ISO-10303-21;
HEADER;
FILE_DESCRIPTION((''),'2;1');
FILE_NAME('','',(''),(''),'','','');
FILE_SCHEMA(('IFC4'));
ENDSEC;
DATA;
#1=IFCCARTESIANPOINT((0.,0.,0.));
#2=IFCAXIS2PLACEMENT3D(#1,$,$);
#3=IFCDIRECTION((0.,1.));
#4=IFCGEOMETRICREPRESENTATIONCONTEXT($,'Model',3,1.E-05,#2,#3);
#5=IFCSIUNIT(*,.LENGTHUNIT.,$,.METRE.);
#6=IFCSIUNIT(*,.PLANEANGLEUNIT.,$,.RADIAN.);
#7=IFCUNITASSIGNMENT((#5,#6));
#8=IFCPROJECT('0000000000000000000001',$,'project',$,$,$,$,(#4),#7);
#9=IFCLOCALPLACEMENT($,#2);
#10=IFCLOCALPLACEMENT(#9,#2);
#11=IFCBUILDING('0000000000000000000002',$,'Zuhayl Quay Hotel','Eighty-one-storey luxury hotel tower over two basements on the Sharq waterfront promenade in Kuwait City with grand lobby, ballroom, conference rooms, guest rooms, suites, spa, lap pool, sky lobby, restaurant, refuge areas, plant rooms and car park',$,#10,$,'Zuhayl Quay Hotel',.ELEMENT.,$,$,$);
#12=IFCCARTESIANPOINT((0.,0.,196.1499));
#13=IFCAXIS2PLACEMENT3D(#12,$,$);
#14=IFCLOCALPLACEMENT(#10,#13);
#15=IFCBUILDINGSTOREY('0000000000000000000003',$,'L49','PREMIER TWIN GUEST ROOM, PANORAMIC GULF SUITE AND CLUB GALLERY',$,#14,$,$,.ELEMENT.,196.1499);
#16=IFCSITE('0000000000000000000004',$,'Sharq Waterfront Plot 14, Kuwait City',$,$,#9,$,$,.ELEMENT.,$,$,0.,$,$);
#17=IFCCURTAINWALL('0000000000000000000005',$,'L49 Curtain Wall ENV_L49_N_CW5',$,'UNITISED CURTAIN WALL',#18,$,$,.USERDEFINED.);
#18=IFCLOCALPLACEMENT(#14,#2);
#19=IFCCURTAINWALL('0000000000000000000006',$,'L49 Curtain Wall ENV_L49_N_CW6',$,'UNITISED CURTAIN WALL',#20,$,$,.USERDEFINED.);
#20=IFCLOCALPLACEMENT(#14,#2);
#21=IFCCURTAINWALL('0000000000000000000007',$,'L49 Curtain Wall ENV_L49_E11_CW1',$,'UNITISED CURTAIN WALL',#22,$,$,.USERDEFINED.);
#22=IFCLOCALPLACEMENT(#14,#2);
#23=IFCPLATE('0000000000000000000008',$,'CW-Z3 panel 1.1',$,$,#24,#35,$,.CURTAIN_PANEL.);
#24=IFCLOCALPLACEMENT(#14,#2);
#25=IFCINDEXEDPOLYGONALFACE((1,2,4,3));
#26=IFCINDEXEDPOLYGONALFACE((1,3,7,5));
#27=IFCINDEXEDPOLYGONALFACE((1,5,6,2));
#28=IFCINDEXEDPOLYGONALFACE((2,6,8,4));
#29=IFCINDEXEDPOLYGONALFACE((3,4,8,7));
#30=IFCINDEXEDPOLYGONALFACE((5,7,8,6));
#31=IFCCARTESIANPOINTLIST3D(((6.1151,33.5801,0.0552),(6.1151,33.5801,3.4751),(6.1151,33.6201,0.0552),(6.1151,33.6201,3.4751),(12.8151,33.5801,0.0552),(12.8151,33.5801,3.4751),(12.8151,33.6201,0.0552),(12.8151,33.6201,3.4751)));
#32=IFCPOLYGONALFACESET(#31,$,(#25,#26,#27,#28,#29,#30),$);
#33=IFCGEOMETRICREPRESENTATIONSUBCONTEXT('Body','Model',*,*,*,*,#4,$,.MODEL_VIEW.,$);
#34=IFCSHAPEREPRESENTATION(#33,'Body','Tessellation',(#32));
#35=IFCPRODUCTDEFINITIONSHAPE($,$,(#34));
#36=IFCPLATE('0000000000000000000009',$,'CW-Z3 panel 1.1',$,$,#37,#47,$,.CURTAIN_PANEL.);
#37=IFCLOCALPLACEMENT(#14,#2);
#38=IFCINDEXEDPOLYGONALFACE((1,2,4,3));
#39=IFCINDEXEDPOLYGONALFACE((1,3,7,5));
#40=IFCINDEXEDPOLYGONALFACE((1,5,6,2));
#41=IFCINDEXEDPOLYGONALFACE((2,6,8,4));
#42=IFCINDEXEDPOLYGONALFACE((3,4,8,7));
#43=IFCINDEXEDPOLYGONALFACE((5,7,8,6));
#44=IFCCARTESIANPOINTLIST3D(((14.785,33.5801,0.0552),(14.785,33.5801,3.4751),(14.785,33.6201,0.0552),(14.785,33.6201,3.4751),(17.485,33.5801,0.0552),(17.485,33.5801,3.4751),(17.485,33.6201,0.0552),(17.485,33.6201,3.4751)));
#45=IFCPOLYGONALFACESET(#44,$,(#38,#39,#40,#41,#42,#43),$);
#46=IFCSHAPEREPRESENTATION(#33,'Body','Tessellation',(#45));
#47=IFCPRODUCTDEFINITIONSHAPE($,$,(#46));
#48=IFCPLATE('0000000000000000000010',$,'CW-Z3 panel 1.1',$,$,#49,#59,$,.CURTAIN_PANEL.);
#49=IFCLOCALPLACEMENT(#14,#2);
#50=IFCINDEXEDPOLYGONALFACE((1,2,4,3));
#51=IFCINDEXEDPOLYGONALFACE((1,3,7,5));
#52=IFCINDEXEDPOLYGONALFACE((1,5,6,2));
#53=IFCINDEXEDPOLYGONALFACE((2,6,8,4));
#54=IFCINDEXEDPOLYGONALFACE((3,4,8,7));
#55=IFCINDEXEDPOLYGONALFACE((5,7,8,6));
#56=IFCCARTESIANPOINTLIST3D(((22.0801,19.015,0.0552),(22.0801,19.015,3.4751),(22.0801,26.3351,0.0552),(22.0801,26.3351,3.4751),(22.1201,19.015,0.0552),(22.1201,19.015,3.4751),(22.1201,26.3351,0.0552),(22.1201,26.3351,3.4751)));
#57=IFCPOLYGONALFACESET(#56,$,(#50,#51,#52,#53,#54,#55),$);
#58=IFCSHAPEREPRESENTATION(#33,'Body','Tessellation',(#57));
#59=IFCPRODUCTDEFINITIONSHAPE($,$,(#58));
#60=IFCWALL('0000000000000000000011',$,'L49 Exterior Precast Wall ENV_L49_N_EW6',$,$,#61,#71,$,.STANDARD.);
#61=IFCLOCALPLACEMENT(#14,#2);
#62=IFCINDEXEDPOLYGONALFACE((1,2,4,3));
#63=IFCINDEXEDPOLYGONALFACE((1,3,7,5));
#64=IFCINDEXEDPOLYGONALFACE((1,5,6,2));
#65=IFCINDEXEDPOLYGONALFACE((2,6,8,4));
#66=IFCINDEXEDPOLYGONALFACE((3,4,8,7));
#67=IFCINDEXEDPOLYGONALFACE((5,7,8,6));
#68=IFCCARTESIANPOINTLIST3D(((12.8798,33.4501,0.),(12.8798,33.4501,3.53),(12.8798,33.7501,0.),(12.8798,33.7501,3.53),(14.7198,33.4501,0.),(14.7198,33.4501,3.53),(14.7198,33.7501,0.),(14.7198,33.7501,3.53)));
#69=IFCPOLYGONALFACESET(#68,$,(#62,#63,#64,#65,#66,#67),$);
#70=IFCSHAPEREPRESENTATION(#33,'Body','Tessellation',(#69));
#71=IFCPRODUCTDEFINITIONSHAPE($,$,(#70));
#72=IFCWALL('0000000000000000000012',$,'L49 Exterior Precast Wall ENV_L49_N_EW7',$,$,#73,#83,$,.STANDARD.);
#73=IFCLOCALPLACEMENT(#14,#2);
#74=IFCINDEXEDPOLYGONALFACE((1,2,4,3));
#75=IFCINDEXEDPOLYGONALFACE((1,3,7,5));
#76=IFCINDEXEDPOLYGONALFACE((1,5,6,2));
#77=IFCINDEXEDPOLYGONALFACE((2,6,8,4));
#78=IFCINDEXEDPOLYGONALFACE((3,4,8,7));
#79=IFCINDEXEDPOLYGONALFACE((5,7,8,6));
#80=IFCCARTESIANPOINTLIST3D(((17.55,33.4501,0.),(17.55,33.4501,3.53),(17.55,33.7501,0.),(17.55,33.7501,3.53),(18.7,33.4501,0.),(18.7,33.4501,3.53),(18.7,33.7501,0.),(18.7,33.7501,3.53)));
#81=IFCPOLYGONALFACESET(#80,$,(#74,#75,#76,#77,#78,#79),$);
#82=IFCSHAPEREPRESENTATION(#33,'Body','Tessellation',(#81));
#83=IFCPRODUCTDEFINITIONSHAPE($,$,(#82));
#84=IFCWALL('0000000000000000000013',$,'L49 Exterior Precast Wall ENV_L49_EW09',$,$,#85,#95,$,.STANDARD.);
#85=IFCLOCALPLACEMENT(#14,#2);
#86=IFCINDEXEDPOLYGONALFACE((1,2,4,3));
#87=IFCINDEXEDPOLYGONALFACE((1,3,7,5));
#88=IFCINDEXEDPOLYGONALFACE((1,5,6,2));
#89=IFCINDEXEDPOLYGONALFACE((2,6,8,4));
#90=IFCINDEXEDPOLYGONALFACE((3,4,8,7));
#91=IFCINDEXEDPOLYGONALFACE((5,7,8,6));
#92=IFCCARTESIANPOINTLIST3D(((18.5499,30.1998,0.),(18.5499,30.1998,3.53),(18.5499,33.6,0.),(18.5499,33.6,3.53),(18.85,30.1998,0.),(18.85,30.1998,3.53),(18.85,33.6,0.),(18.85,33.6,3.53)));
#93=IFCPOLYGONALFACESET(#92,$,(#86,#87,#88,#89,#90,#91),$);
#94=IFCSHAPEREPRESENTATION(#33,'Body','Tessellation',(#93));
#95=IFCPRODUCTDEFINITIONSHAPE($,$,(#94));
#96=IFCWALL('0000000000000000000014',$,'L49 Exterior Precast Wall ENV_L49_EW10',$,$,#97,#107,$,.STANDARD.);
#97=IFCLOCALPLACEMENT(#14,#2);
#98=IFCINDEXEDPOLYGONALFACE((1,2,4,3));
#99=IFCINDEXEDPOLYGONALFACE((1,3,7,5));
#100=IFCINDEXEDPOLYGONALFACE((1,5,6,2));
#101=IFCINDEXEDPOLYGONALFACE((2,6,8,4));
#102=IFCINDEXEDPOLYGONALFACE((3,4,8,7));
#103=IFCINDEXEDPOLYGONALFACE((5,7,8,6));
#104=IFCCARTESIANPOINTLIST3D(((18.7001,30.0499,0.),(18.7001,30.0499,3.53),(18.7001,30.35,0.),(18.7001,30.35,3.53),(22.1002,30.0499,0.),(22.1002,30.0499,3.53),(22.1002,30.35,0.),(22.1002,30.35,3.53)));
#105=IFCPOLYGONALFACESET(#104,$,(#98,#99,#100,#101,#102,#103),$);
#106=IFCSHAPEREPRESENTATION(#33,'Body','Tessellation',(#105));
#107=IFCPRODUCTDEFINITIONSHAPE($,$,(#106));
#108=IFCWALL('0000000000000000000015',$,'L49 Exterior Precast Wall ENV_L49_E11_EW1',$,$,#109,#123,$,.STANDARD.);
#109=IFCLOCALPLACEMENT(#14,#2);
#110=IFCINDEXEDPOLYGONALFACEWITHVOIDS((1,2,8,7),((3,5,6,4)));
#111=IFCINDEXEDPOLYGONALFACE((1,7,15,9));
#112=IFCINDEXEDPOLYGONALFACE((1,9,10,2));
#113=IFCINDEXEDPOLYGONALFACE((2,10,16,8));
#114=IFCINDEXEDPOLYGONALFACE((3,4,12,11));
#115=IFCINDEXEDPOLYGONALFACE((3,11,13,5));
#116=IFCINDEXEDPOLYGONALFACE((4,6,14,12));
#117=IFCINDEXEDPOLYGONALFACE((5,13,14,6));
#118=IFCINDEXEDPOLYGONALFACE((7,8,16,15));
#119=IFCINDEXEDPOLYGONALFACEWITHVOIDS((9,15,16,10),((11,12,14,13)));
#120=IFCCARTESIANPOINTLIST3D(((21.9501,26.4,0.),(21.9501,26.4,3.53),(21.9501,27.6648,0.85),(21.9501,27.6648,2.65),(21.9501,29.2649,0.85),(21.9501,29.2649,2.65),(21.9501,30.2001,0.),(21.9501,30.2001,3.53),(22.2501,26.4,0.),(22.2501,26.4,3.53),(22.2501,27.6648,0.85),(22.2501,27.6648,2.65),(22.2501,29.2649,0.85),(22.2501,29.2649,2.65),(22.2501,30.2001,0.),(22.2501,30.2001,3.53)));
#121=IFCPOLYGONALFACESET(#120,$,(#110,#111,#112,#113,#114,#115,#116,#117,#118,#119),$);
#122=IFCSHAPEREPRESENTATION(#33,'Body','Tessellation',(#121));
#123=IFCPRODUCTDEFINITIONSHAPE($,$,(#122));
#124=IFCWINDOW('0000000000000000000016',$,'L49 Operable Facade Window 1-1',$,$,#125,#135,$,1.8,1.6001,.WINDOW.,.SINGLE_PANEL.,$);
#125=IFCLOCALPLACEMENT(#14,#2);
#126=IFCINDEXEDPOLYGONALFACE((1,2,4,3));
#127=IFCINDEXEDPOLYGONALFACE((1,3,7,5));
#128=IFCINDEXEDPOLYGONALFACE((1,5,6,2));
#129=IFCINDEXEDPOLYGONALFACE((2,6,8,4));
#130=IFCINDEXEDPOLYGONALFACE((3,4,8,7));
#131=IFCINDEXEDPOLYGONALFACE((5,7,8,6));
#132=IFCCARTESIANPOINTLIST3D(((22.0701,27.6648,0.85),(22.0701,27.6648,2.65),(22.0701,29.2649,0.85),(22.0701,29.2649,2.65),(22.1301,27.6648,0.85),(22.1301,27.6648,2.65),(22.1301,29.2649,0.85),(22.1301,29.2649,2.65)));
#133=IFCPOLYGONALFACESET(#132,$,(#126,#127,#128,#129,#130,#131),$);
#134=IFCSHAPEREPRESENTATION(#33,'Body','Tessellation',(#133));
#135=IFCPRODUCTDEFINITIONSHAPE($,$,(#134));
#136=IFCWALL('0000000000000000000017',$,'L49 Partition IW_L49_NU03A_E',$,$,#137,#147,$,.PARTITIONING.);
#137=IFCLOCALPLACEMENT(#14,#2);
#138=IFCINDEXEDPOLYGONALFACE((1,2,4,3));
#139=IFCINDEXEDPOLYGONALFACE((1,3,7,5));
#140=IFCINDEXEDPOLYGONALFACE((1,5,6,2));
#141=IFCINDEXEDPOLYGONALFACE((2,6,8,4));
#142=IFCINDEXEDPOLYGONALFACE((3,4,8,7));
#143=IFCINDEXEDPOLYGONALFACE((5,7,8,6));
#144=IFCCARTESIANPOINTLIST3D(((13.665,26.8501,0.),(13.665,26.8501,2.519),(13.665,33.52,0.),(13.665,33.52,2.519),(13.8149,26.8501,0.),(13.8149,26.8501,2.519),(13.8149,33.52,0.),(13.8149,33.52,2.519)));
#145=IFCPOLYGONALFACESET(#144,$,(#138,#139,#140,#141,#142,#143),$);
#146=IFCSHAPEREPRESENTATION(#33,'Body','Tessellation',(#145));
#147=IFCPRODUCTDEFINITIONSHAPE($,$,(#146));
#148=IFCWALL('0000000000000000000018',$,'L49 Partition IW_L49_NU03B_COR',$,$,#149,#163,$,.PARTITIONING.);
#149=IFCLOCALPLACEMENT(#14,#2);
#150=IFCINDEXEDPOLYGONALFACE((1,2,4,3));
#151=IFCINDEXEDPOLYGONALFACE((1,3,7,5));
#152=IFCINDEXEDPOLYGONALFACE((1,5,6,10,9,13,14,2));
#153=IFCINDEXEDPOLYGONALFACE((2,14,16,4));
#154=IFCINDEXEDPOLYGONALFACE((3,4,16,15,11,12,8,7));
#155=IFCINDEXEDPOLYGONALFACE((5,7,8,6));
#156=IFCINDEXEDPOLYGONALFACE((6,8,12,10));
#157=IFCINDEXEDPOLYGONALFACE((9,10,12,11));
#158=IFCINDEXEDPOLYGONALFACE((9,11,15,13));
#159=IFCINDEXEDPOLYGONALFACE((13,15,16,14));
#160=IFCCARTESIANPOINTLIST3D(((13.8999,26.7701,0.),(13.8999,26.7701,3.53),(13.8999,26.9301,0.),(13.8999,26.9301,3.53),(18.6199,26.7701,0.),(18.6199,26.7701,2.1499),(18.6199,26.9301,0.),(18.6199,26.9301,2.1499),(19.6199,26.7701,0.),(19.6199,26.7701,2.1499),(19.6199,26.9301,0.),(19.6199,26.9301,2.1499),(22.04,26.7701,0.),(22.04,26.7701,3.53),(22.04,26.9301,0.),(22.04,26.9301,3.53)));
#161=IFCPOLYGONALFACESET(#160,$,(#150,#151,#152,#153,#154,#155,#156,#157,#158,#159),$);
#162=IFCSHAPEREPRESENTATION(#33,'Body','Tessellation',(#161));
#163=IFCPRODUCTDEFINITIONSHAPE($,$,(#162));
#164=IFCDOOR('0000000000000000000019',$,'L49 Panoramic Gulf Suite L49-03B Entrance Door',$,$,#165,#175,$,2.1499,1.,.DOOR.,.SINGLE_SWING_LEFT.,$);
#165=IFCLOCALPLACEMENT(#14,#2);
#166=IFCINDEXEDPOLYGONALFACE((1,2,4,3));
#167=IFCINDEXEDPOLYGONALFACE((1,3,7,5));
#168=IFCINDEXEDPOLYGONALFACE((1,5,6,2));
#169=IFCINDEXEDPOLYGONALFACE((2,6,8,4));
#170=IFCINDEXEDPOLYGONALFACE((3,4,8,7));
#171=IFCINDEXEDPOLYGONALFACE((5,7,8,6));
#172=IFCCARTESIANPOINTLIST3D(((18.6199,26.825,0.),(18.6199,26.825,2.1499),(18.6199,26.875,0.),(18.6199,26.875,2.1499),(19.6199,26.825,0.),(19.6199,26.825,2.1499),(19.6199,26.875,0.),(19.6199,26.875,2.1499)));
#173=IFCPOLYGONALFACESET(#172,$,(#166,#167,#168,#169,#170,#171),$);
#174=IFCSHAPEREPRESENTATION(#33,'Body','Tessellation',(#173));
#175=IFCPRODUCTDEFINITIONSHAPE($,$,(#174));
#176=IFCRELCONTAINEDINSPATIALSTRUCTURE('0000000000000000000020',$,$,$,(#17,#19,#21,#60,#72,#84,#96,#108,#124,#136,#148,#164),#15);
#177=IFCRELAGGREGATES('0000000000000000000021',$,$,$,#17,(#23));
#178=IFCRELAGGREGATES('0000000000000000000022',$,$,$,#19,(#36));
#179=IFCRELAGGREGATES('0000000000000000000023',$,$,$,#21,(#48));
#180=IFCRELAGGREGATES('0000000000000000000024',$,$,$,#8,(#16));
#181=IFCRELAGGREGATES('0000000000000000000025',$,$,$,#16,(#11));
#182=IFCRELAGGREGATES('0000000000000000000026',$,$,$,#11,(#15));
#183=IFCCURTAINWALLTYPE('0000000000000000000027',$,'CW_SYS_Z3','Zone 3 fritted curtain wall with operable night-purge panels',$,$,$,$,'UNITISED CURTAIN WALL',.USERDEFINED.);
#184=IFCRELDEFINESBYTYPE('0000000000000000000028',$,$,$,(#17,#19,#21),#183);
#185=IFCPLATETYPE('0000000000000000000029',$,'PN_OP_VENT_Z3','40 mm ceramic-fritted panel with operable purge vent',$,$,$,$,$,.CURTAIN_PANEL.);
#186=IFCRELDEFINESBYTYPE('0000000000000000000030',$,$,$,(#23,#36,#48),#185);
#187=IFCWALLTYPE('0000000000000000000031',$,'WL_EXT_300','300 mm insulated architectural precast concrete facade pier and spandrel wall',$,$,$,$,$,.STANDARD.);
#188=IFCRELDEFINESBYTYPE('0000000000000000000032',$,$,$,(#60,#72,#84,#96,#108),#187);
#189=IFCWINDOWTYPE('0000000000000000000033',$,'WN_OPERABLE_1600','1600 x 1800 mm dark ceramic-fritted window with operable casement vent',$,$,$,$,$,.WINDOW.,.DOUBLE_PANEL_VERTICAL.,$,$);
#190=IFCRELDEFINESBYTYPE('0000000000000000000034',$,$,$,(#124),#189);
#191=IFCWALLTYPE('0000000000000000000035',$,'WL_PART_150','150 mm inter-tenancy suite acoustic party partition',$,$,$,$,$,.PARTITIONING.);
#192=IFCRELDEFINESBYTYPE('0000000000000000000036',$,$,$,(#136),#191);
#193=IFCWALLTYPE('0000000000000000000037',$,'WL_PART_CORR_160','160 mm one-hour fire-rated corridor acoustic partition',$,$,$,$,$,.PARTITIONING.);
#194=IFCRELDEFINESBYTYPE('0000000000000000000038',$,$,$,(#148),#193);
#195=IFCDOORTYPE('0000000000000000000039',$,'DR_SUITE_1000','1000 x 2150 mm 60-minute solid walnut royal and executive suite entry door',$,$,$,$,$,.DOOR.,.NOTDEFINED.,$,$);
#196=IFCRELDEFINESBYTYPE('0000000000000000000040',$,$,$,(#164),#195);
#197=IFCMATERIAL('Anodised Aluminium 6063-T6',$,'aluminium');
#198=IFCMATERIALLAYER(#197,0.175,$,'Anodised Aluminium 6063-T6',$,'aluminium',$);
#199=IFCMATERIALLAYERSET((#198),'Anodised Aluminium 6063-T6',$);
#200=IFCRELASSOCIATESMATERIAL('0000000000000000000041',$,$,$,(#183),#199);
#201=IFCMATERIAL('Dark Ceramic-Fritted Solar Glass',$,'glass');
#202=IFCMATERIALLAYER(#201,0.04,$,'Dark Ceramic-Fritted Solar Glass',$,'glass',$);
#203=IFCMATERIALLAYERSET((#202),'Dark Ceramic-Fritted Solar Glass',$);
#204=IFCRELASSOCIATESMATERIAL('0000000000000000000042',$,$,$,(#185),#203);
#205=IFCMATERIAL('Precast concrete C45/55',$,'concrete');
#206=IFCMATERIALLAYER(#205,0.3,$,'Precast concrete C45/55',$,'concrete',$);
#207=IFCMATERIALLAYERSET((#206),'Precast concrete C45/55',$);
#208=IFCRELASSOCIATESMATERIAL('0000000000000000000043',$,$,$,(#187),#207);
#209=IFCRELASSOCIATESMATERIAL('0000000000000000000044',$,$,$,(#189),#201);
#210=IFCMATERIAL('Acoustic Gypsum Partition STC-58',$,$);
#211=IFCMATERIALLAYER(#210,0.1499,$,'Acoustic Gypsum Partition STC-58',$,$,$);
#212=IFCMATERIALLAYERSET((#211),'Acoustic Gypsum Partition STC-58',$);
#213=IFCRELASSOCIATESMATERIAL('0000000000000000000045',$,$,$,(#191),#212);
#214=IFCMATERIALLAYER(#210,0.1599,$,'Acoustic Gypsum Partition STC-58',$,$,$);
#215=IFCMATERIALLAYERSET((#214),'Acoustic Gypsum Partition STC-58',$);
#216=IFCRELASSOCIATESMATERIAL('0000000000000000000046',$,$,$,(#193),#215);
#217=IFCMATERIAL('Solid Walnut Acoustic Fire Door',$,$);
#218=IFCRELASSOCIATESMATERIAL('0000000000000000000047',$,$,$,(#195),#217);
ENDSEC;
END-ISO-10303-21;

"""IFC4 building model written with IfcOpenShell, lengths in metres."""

from ifc_helpers import new_model, si_unit, direction, frame, frame_2d, origin, origin_2d, place, context, subcontext, project, spatial, rectangle, extrude, material, layer, layer_set, type_object, element, fill, aggregate, save


model = new_model("IFC4")

# Units and contexts
model_context = context("Model", 3, precision=1e-05, world=origin(), true_north=direction((0.0, 1.0)))
body_context = subcontext(model_context, "Body", "Model", "MODEL_VIEW")
ifc_project = project(units=[si_unit("LENGTHUNIT", "METRE"), si_unit("PLANEANGLEUNIT", "RADIAN")], contexts=[model_context])

# Site, building, storey
site_placement = place(None, origin())
site = spatial("IfcSite", under=ifc_project, at=site_placement, Name="Sharq Waterfront Plot 14, Kuwait City", CompositionType="ELEMENT", RefElevation=0.0)
building_placement = place(site_placement, origin())
building = spatial("IfcBuilding", under=site, at=building_placement, Name="Zuhayl Quay Hotel", Description="Eighty-one-storey luxury hotel tower over two basements on the Sharq waterfront promenade in Kuwait City with grand lobby, ballroom, conference rooms, guest rooms, suites, spa, lap pool, sky lobby, restaurant, refuge areas, plant rooms and car park", LongName="Zuhayl Quay Hotel", CompositionType="ELEMENT")
storey_placement = place(building_placement, frame((0.0, 0.0, 196.1499)))
storey = spatial("IfcBuildingStorey", under=building, at=storey_placement, Name="L49", Description="PREMIER TWIN GUEST ROOM, PANORAMIC GULF SUITE AND CLUB GALLERY", CompositionType="ELEMENT", Elevation=196.1499)

# Curtain wall
ifc_material_1 = material(Name="Anodised Aluminium 6063-T6", Category="aluminium")
ifc_layer_1 = layer(ifc_material_1, 0.175, Name="Anodised Aluminium 6063-T6", Category="aluminium")
ifc_layer_set_1 = layer_set([ifc_layer_1], Name="Anodised Aluminium 6063-T6")
curtain_wall_type = type_object("IfcCurtainWallType", Name="CW_SYS_Z3", Description="Zone 3 fritted curtain wall with operable night-purge panels", ElementType="UNITISED CURTAIN WALL", PredefinedType="USERDEFINED", material=ifc_layer_set_1)
curtain_wall_1_placement = place(storey_placement, origin())
curtain_wall_1 = element("IfcCurtainWall", 1, at=curtain_wall_1_placement, inside=storey, type_object=curtain_wall_type, Name="L49 Curtain Wall ENV_L49_N_CW5", ObjectType="UNITISED CURTAIN WALL", PredefinedType="USERDEFINED")

# Curtain wall
curtain_wall_2_placement = place(storey_placement, origin())
curtain_wall_2 = element("IfcCurtainWall", 2, at=curtain_wall_2_placement, inside=storey, type_object=curtain_wall_type, Name="L49 Curtain Wall ENV_L49_N_CW6", ObjectType="UNITISED CURTAIN WALL", PredefinedType="USERDEFINED")

# Curtain wall
curtain_wall_3_placement = place(storey_placement, origin())
curtain_wall_3 = element("IfcCurtainWall", 3, at=curtain_wall_3_placement, inside=storey, type_object=curtain_wall_type, Name="L49 Curtain Wall ENV_L49_E11_CW1", ObjectType="UNITISED CURTAIN WALL", PredefinedType="USERDEFINED")

# Plates
ifc_material_2 = material(Name="Dark Ceramic-Fritted Solar Glass", Category="glass")
ifc_layer_2 = layer(ifc_material_2, 0.04, Name="Dark Ceramic-Fritted Solar Glass", Category="glass")
ifc_layer_set_2 = layer_set([ifc_layer_2], Name="Dark Ceramic-Fritted Solar Glass")
plate_type = type_object("IfcPlateType", Name="PN_OP_VENT_Z3", Description="40 mm ceramic-fritted panel with operable purge vent", PredefinedType="CURTAIN_PANEL", material=ifc_layer_set_2)
plate_1_placement = place(storey_placement, frame((9.4651, 33.6001, 0.0552), z_axis=(0.0, 0.0, 1.0), x_axis=(1.0, 0.0, 0.0)))
plate_1 = element("IfcPlate", 4, at=plate_1_placement, type_object=plate_type, Name="CW-Z3 panel 1.1", PredefinedType="CURTAIN_PANEL", context=body_context, shape_type="SweptSolid", body=[
    extrude(rectangle(XDim=6.7, YDim=0.04, at=origin_2d()), origin(), (0.0, 0.0, 1.0), 3.4199),
])
aggregate(curtain_wall_1, [plate_1])
plate_2_placement = place(storey_placement, frame((16.135, 33.6001, 0.0552), z_axis=(0.0, 0.0, 1.0), x_axis=(1.0, 0.0, 0.0)))
plate_2 = element("IfcPlate", 5, at=plate_2_placement, type_object=plate_type, Name="CW-Z3 panel 1.1", PredefinedType="CURTAIN_PANEL", context=body_context, shape_type="SweptSolid", body=[
    extrude(rectangle(XDim=2.7, YDim=0.04, at=origin_2d()), origin(), (0.0, 0.0, 1.0), 3.4199),
])
aggregate(curtain_wall_2, [plate_2])
plate_3_placement = place(storey_placement, frame((22.1001, 22.675, 0.0552), z_axis=(0.0, 0.0, 1.0), x_axis=(0.0, -1.0, 0.0)))
plate_3 = element("IfcPlate", 6, at=plate_3_placement, type_object=plate_type, Name="CW-Z3 panel 1.1", PredefinedType="CURTAIN_PANEL", context=body_context, shape_type="SweptSolid", body=[
    extrude(rectangle(XDim=7.3201, YDim=0.04, at=origin_2d()), origin(), (0.0, 0.0, 1.0), 3.4199),
])
aggregate(curtain_wall_3, [plate_3])

# Walls
ifc_material_3 = material(Name="Precast concrete C45/55", Category="concrete")
ifc_layer_3 = layer(ifc_material_3, 0.3, Name="Precast concrete C45/55", Category="concrete")
ifc_layer_set_3 = layer_set([ifc_layer_3], Name="Precast concrete C45/55")
wall_type_1 = type_object("IfcWallType", Name="WL_EXT_300", Description="300 mm insulated architectural precast concrete facade pier and spandrel wall", PredefinedType="STANDARD", material=ifc_layer_set_3)
wall_1_placement = place(storey_placement, frame((12.8799, 33.6001, 0.0), z_axis=(0.0, 0.0, 1.0), x_axis=(1.0, 0.0, 0.0)))
element("IfcWall", 7, at=wall_1_placement, inside=storey, type_object=wall_type_1, Name="L49 Exterior Precast Wall ENV_L49_N_EW6", PredefinedType="STANDARD", context=body_context, shape_type="SweptSolid", body=[
    extrude(rectangle(XDim=1.8401, YDim=0.3, at=frame_2d((0.9199, 0.0))), origin(), (0.0, 0.0, 1.0), 3.53),
])
wall_2_placement = place(storey_placement, frame((17.55, 33.6001, 0.0), z_axis=(0.0, 0.0, 1.0), x_axis=(1.0, 0.0, 0.0)))
element("IfcWall", 8, at=wall_2_placement, inside=storey, type_object=wall_type_1, Name="L49 Exterior Precast Wall ENV_L49_N_EW7", PredefinedType="STANDARD", context=body_context, shape_type="SweptSolid", body=[
    extrude(rectangle(XDim=1.1499, YDim=0.3, at=frame_2d((0.575, 0.0))), origin(), (0.0, 0.0, 1.0), 3.53),
])
for number, where, z_axis, x_axis, name in (
    (9, (18.7, 33.6001, 0.0), (0.0, 0.0, 1.0), (0.0, -1.0, 0.0), "L49 Exterior Precast Wall ENV_L49_EW09"),
    (10, (18.7, 30.2, 0.0), (0.0, 0.0, 1.0), (1.0, 0.0, 0.0), "L49 Exterior Precast Wall ENV_L49_EW10"),
):
    element("IfcWall", number, at=place(storey_placement, frame(where, z_axis=z_axis, x_axis=x_axis)), inside=storey, type_object=wall_type_1, Name=name, PredefinedType="STANDARD", context=body_context, shape_type="SweptSolid", body=[
        extrude(rectangle(XDim=3.4001, YDim=0.3, at=frame_2d((1.7002, 0.0))), origin(), (0.0, 0.0, 1.0), 3.53),
    ])

# Wall, opening, window
wall_3_placement = place(storey_placement, frame((22.1001, 30.2, 0.0), z_axis=(0.0, 0.0, 1.0), x_axis=(0.0, -1.0, 0.0)))
wall_3 = element("IfcWall", 11, at=wall_3_placement, inside=storey, type_object=wall_type_1, Name="L49 Exterior Precast Wall ENV_L49_E11_EW1", PredefinedType="STANDARD", context=body_context, shape_type="SweptSolid", body=[
    extrude(rectangle(XDim=3.8, YDim=0.3, at=frame_2d((1.8999, 0.0))), origin(), (0.0, 0.0, 1.0), 3.53),
])
opening_1_placement = place(wall_3_placement, frame((0.9351, 0.0, 0.8501)))
opening_1 = element("IfcOpeningElement", 12, at=opening_1_placement, cuts=wall_3, PredefinedType="OPENING", context=body_context, shape_type="SweptSolid", body=[
    extrude(rectangle(XDim=1.6001, YDim=1.8, at=frame_2d((0.8, 0.8999))), frame((0.0, 0.1599, 0.0), z_axis=(0.0, -1.0, 0.0), x_axis=(1.0, 0.0, 0.0)), (0.0, 0.0, 1.0), 0.3201),
])
window_type = type_object("IfcWindowType", Name="WN_OPERABLE_1600", Description="1600 x 1800 mm dark ceramic-fritted window with operable casement vent", PartitioningType="DOUBLE_PANEL_VERTICAL", PredefinedType="WINDOW", material=ifc_material_2)
window_placement = place(opening_1_placement, origin())
window = element("IfcWindow", 13, at=window_placement, inside=storey, type_object=window_type, Name="L49 Operable Facade Window 1-1", OverallHeight=1.8, OverallWidth=1.6001, PartitioningType="SINGLE_PANEL", PredefinedType="WINDOW", context=body_context, shape_type="SweptSolid", body=[
    extrude(rectangle(XDim=1.6001, YDim=1.8, at=frame_2d((0.8, 0.8999))), frame((0.0, 0.03, 0.0), z_axis=(0.0, -1.0, 0.0), x_axis=(1.0, 0.0, 0.0)), (0.0, 0.0, 1.0), 0.0601),
])
fill(opening_1, window)

# Wall
ifc_material_4 = material(Name="Acoustic Gypsum Partition STC-58")
ifc_layer_4 = layer(ifc_material_4, 0.1499, Name="Acoustic Gypsum Partition STC-58")
ifc_layer_set_4 = layer_set([ifc_layer_4], Name="Acoustic Gypsum Partition STC-58")
wall_type_2 = type_object("IfcWallType", Name="WL_PART_150", Description="150 mm inter-tenancy suite acoustic party partition", PredefinedType="PARTITIONING", material=ifc_layer_set_4)
wall_4_placement = place(storey_placement, frame((13.74, 26.8501, 0.0), z_axis=(0.0, 0.0, 1.0), x_axis=(0.0, 1.0, 0.0)))
element("IfcWall", 14, at=wall_4_placement, inside=storey, type_object=wall_type_2, Name="L49 Partition IW_L49_NU03A_E", PredefinedType="PARTITIONING", context=body_context, shape_type="SweptSolid", body=[
    extrude(rectangle(XDim=6.6699, YDim=0.1499, at=frame_2d((3.335, 0.0))), origin(), (0.0, 0.0, 1.0), 2.519),
])

# Wall, opening, door
ifc_layer_5 = layer(ifc_material_4, 0.1599, Name="Acoustic Gypsum Partition STC-58")
ifc_layer_set_5 = layer_set([ifc_layer_5], Name="Acoustic Gypsum Partition STC-58")
wall_type_3 = type_object("IfcWallType", Name="WL_PART_CORR_160", Description="160 mm one-hour fire-rated corridor acoustic partition", PredefinedType="PARTITIONING", material=ifc_layer_set_5)
wall_5_placement = place(storey_placement, frame((13.8999, 26.8501, 0.0), z_axis=(0.0, 0.0, 1.0), x_axis=(1.0, 0.0, 0.0)))
wall_5 = element("IfcWall", 15, at=wall_5_placement, inside=storey, type_object=wall_type_3, Name="L49 Partition IW_L49_NU03B_COR", PredefinedType="PARTITIONING", context=body_context, shape_type="SweptSolid", body=[
    extrude(rectangle(XDim=8.1401, YDim=0.1599, at=frame_2d((4.0701, 0.0))), origin(), (0.0, 0.0, 1.0), 3.53),
])
opening_2_placement = place(wall_5_placement, frame((4.72, 0.0, 0.0)))
opening_2 = element("IfcOpeningElement", 16, at=opening_2_placement, cuts=wall_5, PredefinedType="OPENING", context=body_context, shape_type="SweptSolid", body=[
    extrude(rectangle(XDim=1.0, YDim=2.1499, at=frame_2d((0.5, 1.075))), frame((0.0, 0.0898, 0.0), z_axis=(0.0, -1.0, 0.0), x_axis=(1.0, 0.0, 0.0)), (0.0, 0.0, 1.0), 0.1799),
])
ifc_material_5 = material(Name="Solid Walnut Acoustic Fire Door")
door_type_1 = type_object("IfcDoorType", Name="DR_SUITE_1000", Description="1000 x 2150 mm 60-minute solid walnut royal and executive suite entry door", OperationType="NOTDEFINED", PredefinedType="DOOR", material=ifc_material_5)
door_1_placement = place(opening_2_placement, origin())
door_1 = element("IfcDoor", 17, at=door_1_placement, inside=storey, type_object=door_type_1, Name="L49 Panoramic Gulf Suite L49-03B Entrance Door", OperationType="SINGLE_SWING_LEFT", OverallHeight=2.1499, OverallWidth=1.0, PredefinedType="DOOR", context=body_context, shape_type="SweptSolid", body=[
    extrude(rectangle(XDim=1.0, YDim=2.1499, at=frame_2d((0.5, 1.075))), frame((0.0, 0.0249, 0.0), z_axis=(0.0, -1.0, 0.0), x_axis=(1.0, 0.0, 0.0)), (0.0, 0.0, 1.0), 0.05),
])
fill(opening_2, door_1)

save(model, "model.ifc")
